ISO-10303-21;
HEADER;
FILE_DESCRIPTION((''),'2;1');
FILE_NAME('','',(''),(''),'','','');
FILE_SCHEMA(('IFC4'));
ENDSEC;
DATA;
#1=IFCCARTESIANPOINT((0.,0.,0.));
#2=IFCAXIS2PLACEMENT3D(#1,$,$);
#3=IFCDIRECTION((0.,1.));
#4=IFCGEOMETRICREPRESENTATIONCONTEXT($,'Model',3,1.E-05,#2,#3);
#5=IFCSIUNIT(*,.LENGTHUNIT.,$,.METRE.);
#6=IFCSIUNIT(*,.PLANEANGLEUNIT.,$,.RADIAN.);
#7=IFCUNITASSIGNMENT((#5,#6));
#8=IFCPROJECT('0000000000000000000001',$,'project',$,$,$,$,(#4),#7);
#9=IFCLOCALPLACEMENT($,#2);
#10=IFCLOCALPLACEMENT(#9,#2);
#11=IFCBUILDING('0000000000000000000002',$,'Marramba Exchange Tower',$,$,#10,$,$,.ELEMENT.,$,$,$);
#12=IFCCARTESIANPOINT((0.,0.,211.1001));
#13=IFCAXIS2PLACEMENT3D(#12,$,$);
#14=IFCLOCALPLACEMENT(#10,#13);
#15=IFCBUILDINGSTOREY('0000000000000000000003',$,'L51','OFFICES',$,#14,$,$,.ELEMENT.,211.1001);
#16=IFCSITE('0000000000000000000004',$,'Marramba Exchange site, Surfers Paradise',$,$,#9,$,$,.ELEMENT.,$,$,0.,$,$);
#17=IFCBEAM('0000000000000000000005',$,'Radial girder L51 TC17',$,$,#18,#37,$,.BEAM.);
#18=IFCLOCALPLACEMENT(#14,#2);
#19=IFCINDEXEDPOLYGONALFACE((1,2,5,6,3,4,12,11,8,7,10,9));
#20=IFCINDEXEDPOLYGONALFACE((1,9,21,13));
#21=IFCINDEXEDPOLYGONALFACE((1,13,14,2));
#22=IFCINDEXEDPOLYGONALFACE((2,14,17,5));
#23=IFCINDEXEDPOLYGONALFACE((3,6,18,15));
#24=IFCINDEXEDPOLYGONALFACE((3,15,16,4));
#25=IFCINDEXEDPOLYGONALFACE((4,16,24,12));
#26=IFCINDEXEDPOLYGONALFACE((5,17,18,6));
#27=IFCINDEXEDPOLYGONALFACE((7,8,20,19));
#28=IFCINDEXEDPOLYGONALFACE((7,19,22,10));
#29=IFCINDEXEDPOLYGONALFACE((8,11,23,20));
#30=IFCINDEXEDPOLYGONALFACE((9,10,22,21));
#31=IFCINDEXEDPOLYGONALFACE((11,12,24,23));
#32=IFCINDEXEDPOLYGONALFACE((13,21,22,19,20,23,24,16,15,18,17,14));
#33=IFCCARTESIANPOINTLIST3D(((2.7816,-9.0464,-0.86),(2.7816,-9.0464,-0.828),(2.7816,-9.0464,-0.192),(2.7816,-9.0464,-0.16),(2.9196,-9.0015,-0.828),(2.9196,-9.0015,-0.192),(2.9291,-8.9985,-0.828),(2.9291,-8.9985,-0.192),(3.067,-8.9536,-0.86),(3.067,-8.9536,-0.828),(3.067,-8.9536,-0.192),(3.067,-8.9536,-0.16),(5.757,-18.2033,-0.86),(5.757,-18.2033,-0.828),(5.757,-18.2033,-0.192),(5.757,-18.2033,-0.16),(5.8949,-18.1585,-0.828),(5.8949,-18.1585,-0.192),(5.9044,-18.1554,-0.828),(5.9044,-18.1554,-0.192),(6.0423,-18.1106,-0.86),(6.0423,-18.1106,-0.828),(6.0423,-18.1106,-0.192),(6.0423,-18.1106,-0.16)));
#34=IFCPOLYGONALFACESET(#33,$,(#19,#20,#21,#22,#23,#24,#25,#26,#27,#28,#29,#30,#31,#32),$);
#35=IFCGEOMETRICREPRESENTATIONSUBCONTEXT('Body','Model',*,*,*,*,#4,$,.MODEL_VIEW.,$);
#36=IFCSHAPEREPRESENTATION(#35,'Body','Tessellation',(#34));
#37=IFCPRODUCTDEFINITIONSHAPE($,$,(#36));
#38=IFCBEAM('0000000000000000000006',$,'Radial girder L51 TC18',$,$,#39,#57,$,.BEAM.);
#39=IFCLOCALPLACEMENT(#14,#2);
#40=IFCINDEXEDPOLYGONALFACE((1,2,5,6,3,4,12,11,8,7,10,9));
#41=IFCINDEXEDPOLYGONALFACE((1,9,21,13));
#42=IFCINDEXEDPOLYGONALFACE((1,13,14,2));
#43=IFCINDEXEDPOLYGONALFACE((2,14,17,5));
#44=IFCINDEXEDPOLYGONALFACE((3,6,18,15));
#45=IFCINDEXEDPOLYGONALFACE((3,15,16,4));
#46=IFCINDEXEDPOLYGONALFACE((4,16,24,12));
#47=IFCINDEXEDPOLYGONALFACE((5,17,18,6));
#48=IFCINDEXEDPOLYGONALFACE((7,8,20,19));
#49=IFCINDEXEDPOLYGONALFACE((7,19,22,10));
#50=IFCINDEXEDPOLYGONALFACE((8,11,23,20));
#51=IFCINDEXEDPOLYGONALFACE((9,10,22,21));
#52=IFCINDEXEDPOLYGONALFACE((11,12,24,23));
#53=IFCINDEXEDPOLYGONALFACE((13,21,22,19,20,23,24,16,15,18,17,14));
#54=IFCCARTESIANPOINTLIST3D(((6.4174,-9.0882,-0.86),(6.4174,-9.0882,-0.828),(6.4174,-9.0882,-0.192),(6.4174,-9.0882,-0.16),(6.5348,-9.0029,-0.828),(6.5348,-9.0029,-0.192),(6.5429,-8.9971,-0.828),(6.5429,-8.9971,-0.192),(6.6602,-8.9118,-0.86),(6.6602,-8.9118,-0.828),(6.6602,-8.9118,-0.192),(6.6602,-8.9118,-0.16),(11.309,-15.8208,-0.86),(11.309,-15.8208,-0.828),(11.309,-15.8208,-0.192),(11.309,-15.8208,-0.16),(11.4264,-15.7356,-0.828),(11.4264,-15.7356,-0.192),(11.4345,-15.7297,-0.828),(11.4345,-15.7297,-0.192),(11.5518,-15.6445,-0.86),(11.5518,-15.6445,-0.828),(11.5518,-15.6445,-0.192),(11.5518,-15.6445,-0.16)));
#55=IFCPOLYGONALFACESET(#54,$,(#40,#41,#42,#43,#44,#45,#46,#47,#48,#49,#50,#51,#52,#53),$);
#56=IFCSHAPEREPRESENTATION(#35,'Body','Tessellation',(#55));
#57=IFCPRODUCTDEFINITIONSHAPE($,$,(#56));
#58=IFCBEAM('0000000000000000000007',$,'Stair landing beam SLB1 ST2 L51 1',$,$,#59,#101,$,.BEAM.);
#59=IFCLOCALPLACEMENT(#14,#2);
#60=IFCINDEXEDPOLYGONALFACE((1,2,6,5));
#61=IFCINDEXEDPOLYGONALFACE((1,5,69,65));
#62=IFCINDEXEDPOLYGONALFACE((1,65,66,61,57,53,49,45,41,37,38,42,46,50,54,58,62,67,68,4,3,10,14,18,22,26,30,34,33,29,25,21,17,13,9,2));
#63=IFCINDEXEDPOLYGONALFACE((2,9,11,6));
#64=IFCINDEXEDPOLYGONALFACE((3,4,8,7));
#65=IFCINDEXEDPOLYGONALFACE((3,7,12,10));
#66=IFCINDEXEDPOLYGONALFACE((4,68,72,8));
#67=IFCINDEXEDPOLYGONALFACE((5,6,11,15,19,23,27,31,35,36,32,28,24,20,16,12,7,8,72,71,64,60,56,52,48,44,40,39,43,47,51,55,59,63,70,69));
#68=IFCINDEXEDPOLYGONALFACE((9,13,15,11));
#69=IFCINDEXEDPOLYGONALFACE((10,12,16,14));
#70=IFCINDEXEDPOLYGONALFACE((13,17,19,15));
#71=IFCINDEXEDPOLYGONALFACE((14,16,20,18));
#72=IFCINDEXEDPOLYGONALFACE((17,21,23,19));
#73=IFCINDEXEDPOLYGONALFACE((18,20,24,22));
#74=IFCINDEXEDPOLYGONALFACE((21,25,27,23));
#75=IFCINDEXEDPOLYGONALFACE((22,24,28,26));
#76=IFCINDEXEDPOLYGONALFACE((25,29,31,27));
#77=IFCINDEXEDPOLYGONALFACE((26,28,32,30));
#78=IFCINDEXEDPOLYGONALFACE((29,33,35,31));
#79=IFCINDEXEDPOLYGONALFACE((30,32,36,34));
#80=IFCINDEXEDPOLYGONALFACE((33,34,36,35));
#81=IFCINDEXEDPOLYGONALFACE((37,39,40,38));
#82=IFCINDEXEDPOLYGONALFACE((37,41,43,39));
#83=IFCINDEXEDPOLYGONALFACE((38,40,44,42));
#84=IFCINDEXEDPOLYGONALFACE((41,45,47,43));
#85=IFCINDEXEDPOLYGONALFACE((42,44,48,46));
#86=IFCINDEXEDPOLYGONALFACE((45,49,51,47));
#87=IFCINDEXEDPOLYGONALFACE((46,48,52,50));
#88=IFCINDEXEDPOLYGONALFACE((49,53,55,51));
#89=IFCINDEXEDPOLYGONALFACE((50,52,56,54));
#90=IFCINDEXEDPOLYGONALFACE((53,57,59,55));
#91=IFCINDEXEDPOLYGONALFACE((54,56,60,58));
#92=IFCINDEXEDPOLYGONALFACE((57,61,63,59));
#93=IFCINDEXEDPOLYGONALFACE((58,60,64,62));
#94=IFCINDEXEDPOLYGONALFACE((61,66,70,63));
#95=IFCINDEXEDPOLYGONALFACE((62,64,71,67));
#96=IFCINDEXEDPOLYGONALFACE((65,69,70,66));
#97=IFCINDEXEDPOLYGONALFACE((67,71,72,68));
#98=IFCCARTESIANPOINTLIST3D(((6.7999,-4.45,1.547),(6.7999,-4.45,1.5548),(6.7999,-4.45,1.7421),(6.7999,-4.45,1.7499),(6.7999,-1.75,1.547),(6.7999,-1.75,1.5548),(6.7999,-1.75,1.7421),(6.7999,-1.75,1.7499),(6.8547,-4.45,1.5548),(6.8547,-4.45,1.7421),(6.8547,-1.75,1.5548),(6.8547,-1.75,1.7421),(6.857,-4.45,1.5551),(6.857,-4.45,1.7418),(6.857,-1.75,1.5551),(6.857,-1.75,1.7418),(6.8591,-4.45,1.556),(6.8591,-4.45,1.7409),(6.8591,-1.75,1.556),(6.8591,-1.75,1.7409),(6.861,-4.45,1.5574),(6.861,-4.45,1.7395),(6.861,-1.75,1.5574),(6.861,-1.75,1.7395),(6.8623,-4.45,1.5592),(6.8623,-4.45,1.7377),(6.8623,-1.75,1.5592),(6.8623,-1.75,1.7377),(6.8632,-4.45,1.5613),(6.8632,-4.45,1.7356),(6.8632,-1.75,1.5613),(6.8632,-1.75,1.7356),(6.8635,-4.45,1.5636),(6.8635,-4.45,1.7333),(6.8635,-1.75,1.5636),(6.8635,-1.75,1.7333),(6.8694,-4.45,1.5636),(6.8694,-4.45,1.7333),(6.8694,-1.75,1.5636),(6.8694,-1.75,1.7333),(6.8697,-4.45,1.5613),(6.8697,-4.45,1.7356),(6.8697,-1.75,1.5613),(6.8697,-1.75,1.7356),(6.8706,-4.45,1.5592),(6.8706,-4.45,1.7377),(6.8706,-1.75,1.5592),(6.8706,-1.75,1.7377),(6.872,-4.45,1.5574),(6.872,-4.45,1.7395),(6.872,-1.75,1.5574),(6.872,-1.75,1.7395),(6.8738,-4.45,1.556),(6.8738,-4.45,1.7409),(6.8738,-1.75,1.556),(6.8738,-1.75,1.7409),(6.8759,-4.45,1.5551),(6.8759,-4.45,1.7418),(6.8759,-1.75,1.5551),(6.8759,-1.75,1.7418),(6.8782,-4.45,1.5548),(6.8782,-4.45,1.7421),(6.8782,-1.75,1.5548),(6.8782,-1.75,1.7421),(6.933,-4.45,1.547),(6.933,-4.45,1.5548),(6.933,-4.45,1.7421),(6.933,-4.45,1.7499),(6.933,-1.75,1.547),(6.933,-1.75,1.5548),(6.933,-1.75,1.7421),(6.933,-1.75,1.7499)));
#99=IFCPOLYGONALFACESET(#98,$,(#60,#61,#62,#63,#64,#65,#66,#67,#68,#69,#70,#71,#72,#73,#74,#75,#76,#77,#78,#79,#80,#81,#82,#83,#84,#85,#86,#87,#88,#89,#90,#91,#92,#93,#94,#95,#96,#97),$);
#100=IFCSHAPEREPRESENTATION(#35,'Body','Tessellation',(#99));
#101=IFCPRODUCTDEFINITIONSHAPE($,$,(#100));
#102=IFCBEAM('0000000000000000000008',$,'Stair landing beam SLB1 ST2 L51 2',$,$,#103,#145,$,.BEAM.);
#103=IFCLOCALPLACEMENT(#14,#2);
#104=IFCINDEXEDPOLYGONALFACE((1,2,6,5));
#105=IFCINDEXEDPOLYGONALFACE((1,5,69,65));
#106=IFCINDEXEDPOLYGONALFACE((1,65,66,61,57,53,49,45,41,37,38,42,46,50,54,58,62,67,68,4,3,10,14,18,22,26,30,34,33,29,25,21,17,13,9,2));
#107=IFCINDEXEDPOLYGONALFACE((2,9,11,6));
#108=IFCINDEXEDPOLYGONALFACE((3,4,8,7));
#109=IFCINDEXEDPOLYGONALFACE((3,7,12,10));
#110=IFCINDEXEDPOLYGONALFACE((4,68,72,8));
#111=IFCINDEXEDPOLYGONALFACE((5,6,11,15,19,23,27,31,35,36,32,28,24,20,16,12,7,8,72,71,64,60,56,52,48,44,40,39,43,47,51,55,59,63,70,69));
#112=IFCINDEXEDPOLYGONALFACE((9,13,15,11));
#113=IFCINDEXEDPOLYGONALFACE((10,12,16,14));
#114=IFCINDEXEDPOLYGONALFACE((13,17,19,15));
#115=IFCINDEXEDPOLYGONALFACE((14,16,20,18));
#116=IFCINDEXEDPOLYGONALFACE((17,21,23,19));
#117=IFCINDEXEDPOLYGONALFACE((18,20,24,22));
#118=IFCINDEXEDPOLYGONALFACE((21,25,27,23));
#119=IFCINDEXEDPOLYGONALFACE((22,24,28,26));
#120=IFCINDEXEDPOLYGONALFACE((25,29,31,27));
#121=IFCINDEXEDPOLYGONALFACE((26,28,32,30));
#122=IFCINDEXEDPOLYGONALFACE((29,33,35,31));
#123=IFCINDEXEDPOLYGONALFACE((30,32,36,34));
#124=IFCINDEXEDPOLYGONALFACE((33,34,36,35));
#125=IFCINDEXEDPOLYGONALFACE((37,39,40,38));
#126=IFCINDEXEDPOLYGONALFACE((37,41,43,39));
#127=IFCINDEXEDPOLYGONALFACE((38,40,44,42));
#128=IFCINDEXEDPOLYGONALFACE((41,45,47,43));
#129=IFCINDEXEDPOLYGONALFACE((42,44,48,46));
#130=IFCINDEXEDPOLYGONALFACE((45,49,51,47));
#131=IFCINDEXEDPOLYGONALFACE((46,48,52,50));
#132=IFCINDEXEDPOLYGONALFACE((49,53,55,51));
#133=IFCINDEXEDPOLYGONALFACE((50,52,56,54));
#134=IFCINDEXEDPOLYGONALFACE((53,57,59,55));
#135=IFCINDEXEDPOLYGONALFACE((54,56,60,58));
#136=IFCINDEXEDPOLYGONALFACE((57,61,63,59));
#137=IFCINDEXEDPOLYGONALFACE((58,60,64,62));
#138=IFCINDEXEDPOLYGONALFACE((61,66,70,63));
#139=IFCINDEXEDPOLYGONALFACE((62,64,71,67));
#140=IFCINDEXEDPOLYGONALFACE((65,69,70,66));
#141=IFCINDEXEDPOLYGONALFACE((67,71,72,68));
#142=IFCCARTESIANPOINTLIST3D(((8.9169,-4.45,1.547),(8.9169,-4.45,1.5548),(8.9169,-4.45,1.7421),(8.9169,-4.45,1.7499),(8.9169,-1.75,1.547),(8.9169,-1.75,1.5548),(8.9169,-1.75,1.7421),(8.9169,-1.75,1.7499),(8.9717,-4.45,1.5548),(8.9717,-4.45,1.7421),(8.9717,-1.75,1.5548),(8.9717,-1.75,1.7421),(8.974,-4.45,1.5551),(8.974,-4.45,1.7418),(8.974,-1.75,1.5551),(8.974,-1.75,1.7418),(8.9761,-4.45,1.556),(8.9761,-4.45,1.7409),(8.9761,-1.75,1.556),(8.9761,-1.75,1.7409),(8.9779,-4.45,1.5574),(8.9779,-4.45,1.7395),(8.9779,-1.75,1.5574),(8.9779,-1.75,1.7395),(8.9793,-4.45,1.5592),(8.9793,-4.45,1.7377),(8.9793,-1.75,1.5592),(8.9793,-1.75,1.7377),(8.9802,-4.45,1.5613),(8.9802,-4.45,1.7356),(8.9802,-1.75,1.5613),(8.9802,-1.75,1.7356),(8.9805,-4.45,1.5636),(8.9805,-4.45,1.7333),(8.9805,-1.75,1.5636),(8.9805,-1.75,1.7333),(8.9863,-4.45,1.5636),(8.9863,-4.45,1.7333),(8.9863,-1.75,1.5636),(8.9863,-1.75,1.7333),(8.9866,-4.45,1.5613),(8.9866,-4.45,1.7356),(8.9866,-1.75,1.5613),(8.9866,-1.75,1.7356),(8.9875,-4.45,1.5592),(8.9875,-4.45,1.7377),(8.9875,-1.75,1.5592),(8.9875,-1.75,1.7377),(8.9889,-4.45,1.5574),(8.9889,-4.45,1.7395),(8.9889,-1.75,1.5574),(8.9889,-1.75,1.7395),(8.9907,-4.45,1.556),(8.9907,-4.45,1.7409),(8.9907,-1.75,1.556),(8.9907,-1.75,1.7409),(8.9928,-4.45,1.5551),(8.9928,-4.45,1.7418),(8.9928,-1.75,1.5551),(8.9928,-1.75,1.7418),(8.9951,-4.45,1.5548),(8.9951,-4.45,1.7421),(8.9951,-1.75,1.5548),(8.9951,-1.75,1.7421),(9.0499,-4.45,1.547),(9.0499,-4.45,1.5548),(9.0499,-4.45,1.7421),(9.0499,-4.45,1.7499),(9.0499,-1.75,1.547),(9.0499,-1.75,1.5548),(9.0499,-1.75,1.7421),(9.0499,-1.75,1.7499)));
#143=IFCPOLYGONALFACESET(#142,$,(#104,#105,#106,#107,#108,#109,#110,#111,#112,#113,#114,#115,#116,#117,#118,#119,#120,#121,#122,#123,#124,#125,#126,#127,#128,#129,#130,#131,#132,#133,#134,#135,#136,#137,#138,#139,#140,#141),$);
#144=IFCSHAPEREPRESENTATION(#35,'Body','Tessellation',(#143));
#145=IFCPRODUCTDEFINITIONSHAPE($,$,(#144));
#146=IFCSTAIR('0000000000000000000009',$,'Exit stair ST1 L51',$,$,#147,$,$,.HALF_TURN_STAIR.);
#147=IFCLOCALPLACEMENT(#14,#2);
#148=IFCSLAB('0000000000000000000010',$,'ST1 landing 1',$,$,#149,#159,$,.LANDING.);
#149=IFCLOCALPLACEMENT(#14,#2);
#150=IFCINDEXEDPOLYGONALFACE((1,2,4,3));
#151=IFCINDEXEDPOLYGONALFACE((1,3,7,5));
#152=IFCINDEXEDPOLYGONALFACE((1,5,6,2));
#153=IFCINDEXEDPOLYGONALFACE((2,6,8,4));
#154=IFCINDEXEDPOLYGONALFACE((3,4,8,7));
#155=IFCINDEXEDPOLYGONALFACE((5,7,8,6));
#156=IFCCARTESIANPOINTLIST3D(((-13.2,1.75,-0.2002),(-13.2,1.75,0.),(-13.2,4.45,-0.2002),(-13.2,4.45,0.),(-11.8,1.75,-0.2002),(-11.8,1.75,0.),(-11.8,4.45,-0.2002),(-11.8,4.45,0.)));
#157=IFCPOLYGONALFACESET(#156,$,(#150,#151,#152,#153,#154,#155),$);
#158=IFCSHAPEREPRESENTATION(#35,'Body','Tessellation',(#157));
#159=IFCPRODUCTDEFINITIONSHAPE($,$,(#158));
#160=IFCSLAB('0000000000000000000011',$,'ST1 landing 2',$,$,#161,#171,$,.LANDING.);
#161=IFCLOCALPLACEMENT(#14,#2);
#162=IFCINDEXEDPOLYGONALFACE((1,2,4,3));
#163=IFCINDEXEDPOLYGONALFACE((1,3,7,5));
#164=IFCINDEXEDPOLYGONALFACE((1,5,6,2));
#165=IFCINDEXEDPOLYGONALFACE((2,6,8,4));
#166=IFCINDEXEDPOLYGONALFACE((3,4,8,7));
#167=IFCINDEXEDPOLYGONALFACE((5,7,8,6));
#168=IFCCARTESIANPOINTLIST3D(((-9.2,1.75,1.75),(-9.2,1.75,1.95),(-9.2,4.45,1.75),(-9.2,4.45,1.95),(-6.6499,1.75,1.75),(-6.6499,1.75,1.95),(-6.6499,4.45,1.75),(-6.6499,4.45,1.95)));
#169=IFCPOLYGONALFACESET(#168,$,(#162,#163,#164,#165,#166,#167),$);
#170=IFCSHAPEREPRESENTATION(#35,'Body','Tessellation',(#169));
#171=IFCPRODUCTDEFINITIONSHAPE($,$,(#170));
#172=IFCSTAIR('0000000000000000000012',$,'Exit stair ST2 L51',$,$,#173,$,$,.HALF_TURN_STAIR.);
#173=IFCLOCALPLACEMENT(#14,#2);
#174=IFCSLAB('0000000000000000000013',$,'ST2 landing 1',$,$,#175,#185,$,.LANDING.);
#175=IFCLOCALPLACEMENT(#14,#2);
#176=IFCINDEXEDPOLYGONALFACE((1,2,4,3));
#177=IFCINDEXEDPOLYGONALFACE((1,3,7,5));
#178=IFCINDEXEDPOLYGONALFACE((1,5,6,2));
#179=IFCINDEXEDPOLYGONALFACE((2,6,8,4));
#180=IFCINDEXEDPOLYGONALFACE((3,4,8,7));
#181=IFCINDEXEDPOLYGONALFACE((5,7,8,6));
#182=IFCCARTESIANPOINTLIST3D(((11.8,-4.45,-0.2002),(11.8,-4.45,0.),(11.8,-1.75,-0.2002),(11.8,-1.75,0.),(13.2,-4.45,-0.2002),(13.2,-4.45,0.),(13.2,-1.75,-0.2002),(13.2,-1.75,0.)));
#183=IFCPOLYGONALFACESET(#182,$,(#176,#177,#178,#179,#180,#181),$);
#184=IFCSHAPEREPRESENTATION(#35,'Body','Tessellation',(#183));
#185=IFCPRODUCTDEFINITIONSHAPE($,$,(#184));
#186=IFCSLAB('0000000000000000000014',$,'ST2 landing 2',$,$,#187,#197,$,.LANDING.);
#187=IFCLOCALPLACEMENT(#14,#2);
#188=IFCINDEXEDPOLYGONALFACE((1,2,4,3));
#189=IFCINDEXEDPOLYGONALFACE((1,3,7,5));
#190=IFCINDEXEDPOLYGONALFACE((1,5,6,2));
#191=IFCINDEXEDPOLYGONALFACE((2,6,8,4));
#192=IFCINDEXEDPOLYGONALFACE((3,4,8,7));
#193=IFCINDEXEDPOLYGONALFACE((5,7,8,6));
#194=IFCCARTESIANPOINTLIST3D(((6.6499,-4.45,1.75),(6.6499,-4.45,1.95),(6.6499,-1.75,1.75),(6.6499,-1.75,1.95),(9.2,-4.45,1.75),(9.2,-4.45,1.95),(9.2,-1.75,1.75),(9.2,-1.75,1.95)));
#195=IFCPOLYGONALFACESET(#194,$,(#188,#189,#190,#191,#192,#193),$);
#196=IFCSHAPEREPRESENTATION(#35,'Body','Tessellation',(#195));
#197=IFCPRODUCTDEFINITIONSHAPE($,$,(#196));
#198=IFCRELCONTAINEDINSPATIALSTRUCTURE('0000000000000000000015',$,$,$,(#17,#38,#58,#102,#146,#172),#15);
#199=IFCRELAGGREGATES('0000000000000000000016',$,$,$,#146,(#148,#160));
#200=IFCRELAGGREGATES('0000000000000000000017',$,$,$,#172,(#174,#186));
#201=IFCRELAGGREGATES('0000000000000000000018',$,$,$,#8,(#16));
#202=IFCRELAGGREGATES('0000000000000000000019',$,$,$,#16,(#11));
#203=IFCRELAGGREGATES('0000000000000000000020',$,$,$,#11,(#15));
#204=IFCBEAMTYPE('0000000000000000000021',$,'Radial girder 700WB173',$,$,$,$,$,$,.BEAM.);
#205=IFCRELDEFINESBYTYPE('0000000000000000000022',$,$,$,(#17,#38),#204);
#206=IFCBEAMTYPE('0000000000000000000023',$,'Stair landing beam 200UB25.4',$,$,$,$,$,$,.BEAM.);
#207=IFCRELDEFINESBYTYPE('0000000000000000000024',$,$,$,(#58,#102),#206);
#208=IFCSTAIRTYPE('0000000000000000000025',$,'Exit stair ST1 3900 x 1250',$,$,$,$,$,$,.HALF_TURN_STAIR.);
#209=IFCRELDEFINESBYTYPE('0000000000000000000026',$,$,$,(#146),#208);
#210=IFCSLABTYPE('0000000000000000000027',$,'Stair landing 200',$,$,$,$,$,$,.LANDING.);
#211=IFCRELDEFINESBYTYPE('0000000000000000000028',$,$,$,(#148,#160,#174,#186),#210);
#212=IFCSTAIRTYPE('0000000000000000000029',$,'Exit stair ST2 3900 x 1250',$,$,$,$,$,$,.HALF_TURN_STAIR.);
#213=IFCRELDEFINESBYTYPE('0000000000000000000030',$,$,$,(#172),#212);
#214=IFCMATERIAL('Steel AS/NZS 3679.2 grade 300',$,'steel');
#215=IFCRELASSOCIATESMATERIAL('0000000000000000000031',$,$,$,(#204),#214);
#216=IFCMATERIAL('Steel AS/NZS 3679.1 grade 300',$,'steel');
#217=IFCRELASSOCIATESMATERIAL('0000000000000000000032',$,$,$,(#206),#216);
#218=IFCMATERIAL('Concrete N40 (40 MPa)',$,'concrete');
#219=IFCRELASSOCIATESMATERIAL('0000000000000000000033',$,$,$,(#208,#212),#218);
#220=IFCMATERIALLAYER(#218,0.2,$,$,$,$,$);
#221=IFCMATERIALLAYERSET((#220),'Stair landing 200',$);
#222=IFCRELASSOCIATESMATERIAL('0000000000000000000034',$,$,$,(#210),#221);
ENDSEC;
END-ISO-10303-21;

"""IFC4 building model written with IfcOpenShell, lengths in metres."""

from ifc_helpers import new_model, si_unit, direction, frame, origin, origin_2d, place, context, subcontext, project, spatial, polyline, i_section, outline, extrude, material, layer, layer_set, material_profile, profile_set, type_object, element, aggregate, save


model = new_model("IFC4")

# Units and contexts
model_context = context("Model", 3, precision=1e-05, world=origin(), true_north=direction((0.0, 1.0)))
body_context = subcontext(model_context, "Body", "Model", "MODEL_VIEW")
ifc_project = project(units=[si_unit("LENGTHUNIT", "METRE"), si_unit("PLANEANGLEUNIT", "RADIAN")], contexts=[model_context])

# Site, building, storey
site_placement = place(None, origin())
site = spatial("IfcSite", under=ifc_project, at=site_placement, Name="Marramba Exchange site, Surfers Paradise", CompositionType="ELEMENT", RefElevation=0.0)
building_placement = place(site_placement, origin())
building = spatial("IfcBuilding", under=site, at=building_placement, Name="Marramba Exchange Tower", CompositionType="ELEMENT")
storey_placement = place(building_placement, frame((0.0, 0.0, 211.1001)))
storey = spatial("IfcBuildingStorey", under=building, at=storey_placement, Name="L51", Description="OFFICES", CompositionType="ELEMENT", Elevation=211.1001)

# Beams
ifc_material_1 = material(Name="Steel AS/NZS 3679.2 grade 300", Category="steel")
ifc_material_profile_1 = material_profile(ifc_material_1, i_section(OverallWidth=0.3, OverallDepth=0.7, WebThickness=0.01, FlangeThickness=0.032, at=origin_2d()), Name="700WB173")
ifc_profile_set_1 = profile_set([ifc_material_profile_1], Name="Steel AS/NZS 3679.2 grade 300")
beam_type_1 = type_object("IfcBeamType", Name="Radial girder 700WB173", PredefinedType="BEAM", material=ifc_profile_set_1)
beam_1_placement = place(storey_placement, frame((2.9243, -9.0, -0.51), z_axis=(0.309022, -0.951055, 0.0), x_axis=(0.951055, 0.309022, 0.0)))
element("IfcBeam", 1, at=beam_1_placement, inside=storey, type_object=beam_type_1, Name="Radial girder L51 TC17", PredefinedType="BEAM", context=body_context, shape_type="SweptSolid", body=[
    extrude(i_section(OverallWidth=0.3, OverallDepth=0.7, WebThickness=0.01, FlangeThickness=0.032, at=origin_2d()), origin(), (0.0, 0.0, 1.0), 9.6282),
])
beam_2_placement = place(storey_placement, frame((6.5388, -9.0, -0.51), z_axis=(0.587788, -0.809015, 0.0), x_axis=(0.809015, 0.587788, 0.0)))
element("IfcBeam", 2, at=beam_2_placement, inside=storey, type_object=beam_type_1, Name="Radial girder L51 TC18", PredefinedType="BEAM", context=body_context, shape_type="SweptSolid", body=[
    extrude(i_section(OverallWidth=0.3, OverallDepth=0.7, WebThickness=0.01, FlangeThickness=0.032, at=origin_2d()), origin(), (0.0, 0.0, 1.0), 8.322),
])
ifc_material_2 = material(Name="Steel AS/NZS 3679.1 grade 300", Category="steel")
ifc_material_profile_2 = material_profile(ifc_material_2, i_section(OverallWidth=0.1331, OverallDepth=0.2029, WebThickness=0.0059, FlangeThickness=0.0078, FilletRadius=0.0088, at=origin_2d()), Name="200UB25.4")
ifc_profile_set_2 = profile_set([ifc_material_profile_2], Name="Steel AS/NZS 3679.1 grade 300")
beam_type_2 = type_object("IfcBeamType", Name="Stair landing beam 200UB25.4", PredefinedType="BEAM", material=ifc_profile_set_2)
for number, where, z_axis, x_axis, name in (
    (3, (6.8665, -4.45, 1.6484), (0.0, 1.0, 0.0), (-1.0, 0.0, 0.0), "Stair landing beam SLB1 ST2 L51 1"),
    (4, (8.9834, -4.45, 1.6484), (0.0, 1.0, 0.0), (-1.0, 0.0, 0.0), "Stair landing beam SLB1 ST2 L51 2"),
):
    element("IfcBeam", number, at=place(storey_placement, frame(where, z_axis=z_axis, x_axis=x_axis)), inside=storey, type_object=beam_type_2, Name=name, PredefinedType="BEAM", context=body_context, shape_type="SweptSolid", body=[
        extrude(i_section(OverallWidth=0.1331, OverallDepth=0.2029, WebThickness=0.0059, FlangeThickness=0.0078, FilletRadius=0.0088, at=origin_2d()), origin(), (0.0, 0.0, 1.0), 2.7),
    ])

# Stairs, slabs
ifc_material_3 = material(Name="Concrete N40 (40 MPa)", Category="concrete")
stair_type_1 = type_object("IfcStairType", Name="Exit stair ST1 3900 x 1250", PredefinedType="HALF_TURN_STAIR", material=ifc_material_3)
stair_1_placement = place(storey_placement, origin())
stair_1 = element("IfcStair", 5, at=stair_1_placement, inside=storey, type_object=stair_type_1, Name="Exit stair ST1 L51", PredefinedType="HALF_TURN_STAIR")
ifc_layer_1 = layer(ifc_material_3, 0.2)
ifc_layer_set_1 = layer_set([ifc_layer_1], Name="Stair landing 200")
slab_type = type_object("IfcSlabType", Name="Stair landing 200", PredefinedType="LANDING", material=ifc_layer_set_1)
slab_1_placement = place(storey_placement, frame((0.0, 0.0, -0.2002)))
slab_1 = element("IfcSlab", 6, at=slab_1_placement, type_object=slab_type, Name="ST1 landing 1", PredefinedType="LANDING", context=body_context, shape_type="SweptSolid", body=[
    extrude(outline(polyline([(-13.2, 1.75), (-11.8, 1.75), (-11.8, 4.45), (-13.2, 4.45), (-13.2, 1.75)])), origin(), (0.0, 0.0, 1.0), 0.2002),
])
slab_2_placement = place(storey_placement, frame((0.0, 0.0, 1.75)))
slab_2 = element("IfcSlab", 7, at=slab_2_placement, type_object=slab_type, Name="ST1 landing 2", PredefinedType="LANDING", context=body_context, shape_type="SweptSolid", body=[
    extrude(outline(polyline([(-9.2, 1.75), (-6.6499, 1.75), (-6.6499, 4.45), (-9.2, 4.45), (-9.2, 1.75)])), origin(), (0.0, 0.0, 1.0), 0.2),
])
aggregate(stair_1, [slab_1, slab_2])
stair_type_2 = type_object("IfcStairType", Name="Exit stair ST2 3900 x 1250", PredefinedType="HALF_TURN_STAIR", material=ifc_material_3)
stair_2_placement = place(storey_placement, origin())
stair_2 = element("IfcStair", 8, at=stair_2_placement, inside=storey, type_object=stair_type_2, Name="Exit stair ST2 L51", PredefinedType="HALF_TURN_STAIR")
slab_3_placement = place(storey_placement, frame((0.0, 0.0, -0.2002)))
slab_3 = element("IfcSlab", 9, at=slab_3_placement, type_object=slab_type, Name="ST2 landing 1", PredefinedType="LANDING", context=body_context, shape_type="SweptSolid", body=[
    extrude(outline(polyline([(11.8, -4.45), (13.2, -4.45), (13.2, -1.75), (11.8, -1.75), (11.8, -4.45)])), origin(), (0.0, 0.0, 1.0), 0.2002),
])
slab_4_placement = place(storey_placement, frame((0.0, 0.0, 1.75)))
slab_4 = element("IfcSlab", 10, at=slab_4_placement, type_object=slab_type, Name="ST2 landing 2", PredefinedType="LANDING", context=body_context, shape_type="SweptSolid", body=[
    extrude(outline(polyline([(6.6499, -4.45), (9.2, -4.45), (9.2, -1.75), (6.6499, -1.75), (6.6499, -4.45)])), origin(), (0.0, 0.0, 1.0), 0.2),
])

aggregate(stair_2, [slab_3, slab_4])

save(model, "model.ifc")
